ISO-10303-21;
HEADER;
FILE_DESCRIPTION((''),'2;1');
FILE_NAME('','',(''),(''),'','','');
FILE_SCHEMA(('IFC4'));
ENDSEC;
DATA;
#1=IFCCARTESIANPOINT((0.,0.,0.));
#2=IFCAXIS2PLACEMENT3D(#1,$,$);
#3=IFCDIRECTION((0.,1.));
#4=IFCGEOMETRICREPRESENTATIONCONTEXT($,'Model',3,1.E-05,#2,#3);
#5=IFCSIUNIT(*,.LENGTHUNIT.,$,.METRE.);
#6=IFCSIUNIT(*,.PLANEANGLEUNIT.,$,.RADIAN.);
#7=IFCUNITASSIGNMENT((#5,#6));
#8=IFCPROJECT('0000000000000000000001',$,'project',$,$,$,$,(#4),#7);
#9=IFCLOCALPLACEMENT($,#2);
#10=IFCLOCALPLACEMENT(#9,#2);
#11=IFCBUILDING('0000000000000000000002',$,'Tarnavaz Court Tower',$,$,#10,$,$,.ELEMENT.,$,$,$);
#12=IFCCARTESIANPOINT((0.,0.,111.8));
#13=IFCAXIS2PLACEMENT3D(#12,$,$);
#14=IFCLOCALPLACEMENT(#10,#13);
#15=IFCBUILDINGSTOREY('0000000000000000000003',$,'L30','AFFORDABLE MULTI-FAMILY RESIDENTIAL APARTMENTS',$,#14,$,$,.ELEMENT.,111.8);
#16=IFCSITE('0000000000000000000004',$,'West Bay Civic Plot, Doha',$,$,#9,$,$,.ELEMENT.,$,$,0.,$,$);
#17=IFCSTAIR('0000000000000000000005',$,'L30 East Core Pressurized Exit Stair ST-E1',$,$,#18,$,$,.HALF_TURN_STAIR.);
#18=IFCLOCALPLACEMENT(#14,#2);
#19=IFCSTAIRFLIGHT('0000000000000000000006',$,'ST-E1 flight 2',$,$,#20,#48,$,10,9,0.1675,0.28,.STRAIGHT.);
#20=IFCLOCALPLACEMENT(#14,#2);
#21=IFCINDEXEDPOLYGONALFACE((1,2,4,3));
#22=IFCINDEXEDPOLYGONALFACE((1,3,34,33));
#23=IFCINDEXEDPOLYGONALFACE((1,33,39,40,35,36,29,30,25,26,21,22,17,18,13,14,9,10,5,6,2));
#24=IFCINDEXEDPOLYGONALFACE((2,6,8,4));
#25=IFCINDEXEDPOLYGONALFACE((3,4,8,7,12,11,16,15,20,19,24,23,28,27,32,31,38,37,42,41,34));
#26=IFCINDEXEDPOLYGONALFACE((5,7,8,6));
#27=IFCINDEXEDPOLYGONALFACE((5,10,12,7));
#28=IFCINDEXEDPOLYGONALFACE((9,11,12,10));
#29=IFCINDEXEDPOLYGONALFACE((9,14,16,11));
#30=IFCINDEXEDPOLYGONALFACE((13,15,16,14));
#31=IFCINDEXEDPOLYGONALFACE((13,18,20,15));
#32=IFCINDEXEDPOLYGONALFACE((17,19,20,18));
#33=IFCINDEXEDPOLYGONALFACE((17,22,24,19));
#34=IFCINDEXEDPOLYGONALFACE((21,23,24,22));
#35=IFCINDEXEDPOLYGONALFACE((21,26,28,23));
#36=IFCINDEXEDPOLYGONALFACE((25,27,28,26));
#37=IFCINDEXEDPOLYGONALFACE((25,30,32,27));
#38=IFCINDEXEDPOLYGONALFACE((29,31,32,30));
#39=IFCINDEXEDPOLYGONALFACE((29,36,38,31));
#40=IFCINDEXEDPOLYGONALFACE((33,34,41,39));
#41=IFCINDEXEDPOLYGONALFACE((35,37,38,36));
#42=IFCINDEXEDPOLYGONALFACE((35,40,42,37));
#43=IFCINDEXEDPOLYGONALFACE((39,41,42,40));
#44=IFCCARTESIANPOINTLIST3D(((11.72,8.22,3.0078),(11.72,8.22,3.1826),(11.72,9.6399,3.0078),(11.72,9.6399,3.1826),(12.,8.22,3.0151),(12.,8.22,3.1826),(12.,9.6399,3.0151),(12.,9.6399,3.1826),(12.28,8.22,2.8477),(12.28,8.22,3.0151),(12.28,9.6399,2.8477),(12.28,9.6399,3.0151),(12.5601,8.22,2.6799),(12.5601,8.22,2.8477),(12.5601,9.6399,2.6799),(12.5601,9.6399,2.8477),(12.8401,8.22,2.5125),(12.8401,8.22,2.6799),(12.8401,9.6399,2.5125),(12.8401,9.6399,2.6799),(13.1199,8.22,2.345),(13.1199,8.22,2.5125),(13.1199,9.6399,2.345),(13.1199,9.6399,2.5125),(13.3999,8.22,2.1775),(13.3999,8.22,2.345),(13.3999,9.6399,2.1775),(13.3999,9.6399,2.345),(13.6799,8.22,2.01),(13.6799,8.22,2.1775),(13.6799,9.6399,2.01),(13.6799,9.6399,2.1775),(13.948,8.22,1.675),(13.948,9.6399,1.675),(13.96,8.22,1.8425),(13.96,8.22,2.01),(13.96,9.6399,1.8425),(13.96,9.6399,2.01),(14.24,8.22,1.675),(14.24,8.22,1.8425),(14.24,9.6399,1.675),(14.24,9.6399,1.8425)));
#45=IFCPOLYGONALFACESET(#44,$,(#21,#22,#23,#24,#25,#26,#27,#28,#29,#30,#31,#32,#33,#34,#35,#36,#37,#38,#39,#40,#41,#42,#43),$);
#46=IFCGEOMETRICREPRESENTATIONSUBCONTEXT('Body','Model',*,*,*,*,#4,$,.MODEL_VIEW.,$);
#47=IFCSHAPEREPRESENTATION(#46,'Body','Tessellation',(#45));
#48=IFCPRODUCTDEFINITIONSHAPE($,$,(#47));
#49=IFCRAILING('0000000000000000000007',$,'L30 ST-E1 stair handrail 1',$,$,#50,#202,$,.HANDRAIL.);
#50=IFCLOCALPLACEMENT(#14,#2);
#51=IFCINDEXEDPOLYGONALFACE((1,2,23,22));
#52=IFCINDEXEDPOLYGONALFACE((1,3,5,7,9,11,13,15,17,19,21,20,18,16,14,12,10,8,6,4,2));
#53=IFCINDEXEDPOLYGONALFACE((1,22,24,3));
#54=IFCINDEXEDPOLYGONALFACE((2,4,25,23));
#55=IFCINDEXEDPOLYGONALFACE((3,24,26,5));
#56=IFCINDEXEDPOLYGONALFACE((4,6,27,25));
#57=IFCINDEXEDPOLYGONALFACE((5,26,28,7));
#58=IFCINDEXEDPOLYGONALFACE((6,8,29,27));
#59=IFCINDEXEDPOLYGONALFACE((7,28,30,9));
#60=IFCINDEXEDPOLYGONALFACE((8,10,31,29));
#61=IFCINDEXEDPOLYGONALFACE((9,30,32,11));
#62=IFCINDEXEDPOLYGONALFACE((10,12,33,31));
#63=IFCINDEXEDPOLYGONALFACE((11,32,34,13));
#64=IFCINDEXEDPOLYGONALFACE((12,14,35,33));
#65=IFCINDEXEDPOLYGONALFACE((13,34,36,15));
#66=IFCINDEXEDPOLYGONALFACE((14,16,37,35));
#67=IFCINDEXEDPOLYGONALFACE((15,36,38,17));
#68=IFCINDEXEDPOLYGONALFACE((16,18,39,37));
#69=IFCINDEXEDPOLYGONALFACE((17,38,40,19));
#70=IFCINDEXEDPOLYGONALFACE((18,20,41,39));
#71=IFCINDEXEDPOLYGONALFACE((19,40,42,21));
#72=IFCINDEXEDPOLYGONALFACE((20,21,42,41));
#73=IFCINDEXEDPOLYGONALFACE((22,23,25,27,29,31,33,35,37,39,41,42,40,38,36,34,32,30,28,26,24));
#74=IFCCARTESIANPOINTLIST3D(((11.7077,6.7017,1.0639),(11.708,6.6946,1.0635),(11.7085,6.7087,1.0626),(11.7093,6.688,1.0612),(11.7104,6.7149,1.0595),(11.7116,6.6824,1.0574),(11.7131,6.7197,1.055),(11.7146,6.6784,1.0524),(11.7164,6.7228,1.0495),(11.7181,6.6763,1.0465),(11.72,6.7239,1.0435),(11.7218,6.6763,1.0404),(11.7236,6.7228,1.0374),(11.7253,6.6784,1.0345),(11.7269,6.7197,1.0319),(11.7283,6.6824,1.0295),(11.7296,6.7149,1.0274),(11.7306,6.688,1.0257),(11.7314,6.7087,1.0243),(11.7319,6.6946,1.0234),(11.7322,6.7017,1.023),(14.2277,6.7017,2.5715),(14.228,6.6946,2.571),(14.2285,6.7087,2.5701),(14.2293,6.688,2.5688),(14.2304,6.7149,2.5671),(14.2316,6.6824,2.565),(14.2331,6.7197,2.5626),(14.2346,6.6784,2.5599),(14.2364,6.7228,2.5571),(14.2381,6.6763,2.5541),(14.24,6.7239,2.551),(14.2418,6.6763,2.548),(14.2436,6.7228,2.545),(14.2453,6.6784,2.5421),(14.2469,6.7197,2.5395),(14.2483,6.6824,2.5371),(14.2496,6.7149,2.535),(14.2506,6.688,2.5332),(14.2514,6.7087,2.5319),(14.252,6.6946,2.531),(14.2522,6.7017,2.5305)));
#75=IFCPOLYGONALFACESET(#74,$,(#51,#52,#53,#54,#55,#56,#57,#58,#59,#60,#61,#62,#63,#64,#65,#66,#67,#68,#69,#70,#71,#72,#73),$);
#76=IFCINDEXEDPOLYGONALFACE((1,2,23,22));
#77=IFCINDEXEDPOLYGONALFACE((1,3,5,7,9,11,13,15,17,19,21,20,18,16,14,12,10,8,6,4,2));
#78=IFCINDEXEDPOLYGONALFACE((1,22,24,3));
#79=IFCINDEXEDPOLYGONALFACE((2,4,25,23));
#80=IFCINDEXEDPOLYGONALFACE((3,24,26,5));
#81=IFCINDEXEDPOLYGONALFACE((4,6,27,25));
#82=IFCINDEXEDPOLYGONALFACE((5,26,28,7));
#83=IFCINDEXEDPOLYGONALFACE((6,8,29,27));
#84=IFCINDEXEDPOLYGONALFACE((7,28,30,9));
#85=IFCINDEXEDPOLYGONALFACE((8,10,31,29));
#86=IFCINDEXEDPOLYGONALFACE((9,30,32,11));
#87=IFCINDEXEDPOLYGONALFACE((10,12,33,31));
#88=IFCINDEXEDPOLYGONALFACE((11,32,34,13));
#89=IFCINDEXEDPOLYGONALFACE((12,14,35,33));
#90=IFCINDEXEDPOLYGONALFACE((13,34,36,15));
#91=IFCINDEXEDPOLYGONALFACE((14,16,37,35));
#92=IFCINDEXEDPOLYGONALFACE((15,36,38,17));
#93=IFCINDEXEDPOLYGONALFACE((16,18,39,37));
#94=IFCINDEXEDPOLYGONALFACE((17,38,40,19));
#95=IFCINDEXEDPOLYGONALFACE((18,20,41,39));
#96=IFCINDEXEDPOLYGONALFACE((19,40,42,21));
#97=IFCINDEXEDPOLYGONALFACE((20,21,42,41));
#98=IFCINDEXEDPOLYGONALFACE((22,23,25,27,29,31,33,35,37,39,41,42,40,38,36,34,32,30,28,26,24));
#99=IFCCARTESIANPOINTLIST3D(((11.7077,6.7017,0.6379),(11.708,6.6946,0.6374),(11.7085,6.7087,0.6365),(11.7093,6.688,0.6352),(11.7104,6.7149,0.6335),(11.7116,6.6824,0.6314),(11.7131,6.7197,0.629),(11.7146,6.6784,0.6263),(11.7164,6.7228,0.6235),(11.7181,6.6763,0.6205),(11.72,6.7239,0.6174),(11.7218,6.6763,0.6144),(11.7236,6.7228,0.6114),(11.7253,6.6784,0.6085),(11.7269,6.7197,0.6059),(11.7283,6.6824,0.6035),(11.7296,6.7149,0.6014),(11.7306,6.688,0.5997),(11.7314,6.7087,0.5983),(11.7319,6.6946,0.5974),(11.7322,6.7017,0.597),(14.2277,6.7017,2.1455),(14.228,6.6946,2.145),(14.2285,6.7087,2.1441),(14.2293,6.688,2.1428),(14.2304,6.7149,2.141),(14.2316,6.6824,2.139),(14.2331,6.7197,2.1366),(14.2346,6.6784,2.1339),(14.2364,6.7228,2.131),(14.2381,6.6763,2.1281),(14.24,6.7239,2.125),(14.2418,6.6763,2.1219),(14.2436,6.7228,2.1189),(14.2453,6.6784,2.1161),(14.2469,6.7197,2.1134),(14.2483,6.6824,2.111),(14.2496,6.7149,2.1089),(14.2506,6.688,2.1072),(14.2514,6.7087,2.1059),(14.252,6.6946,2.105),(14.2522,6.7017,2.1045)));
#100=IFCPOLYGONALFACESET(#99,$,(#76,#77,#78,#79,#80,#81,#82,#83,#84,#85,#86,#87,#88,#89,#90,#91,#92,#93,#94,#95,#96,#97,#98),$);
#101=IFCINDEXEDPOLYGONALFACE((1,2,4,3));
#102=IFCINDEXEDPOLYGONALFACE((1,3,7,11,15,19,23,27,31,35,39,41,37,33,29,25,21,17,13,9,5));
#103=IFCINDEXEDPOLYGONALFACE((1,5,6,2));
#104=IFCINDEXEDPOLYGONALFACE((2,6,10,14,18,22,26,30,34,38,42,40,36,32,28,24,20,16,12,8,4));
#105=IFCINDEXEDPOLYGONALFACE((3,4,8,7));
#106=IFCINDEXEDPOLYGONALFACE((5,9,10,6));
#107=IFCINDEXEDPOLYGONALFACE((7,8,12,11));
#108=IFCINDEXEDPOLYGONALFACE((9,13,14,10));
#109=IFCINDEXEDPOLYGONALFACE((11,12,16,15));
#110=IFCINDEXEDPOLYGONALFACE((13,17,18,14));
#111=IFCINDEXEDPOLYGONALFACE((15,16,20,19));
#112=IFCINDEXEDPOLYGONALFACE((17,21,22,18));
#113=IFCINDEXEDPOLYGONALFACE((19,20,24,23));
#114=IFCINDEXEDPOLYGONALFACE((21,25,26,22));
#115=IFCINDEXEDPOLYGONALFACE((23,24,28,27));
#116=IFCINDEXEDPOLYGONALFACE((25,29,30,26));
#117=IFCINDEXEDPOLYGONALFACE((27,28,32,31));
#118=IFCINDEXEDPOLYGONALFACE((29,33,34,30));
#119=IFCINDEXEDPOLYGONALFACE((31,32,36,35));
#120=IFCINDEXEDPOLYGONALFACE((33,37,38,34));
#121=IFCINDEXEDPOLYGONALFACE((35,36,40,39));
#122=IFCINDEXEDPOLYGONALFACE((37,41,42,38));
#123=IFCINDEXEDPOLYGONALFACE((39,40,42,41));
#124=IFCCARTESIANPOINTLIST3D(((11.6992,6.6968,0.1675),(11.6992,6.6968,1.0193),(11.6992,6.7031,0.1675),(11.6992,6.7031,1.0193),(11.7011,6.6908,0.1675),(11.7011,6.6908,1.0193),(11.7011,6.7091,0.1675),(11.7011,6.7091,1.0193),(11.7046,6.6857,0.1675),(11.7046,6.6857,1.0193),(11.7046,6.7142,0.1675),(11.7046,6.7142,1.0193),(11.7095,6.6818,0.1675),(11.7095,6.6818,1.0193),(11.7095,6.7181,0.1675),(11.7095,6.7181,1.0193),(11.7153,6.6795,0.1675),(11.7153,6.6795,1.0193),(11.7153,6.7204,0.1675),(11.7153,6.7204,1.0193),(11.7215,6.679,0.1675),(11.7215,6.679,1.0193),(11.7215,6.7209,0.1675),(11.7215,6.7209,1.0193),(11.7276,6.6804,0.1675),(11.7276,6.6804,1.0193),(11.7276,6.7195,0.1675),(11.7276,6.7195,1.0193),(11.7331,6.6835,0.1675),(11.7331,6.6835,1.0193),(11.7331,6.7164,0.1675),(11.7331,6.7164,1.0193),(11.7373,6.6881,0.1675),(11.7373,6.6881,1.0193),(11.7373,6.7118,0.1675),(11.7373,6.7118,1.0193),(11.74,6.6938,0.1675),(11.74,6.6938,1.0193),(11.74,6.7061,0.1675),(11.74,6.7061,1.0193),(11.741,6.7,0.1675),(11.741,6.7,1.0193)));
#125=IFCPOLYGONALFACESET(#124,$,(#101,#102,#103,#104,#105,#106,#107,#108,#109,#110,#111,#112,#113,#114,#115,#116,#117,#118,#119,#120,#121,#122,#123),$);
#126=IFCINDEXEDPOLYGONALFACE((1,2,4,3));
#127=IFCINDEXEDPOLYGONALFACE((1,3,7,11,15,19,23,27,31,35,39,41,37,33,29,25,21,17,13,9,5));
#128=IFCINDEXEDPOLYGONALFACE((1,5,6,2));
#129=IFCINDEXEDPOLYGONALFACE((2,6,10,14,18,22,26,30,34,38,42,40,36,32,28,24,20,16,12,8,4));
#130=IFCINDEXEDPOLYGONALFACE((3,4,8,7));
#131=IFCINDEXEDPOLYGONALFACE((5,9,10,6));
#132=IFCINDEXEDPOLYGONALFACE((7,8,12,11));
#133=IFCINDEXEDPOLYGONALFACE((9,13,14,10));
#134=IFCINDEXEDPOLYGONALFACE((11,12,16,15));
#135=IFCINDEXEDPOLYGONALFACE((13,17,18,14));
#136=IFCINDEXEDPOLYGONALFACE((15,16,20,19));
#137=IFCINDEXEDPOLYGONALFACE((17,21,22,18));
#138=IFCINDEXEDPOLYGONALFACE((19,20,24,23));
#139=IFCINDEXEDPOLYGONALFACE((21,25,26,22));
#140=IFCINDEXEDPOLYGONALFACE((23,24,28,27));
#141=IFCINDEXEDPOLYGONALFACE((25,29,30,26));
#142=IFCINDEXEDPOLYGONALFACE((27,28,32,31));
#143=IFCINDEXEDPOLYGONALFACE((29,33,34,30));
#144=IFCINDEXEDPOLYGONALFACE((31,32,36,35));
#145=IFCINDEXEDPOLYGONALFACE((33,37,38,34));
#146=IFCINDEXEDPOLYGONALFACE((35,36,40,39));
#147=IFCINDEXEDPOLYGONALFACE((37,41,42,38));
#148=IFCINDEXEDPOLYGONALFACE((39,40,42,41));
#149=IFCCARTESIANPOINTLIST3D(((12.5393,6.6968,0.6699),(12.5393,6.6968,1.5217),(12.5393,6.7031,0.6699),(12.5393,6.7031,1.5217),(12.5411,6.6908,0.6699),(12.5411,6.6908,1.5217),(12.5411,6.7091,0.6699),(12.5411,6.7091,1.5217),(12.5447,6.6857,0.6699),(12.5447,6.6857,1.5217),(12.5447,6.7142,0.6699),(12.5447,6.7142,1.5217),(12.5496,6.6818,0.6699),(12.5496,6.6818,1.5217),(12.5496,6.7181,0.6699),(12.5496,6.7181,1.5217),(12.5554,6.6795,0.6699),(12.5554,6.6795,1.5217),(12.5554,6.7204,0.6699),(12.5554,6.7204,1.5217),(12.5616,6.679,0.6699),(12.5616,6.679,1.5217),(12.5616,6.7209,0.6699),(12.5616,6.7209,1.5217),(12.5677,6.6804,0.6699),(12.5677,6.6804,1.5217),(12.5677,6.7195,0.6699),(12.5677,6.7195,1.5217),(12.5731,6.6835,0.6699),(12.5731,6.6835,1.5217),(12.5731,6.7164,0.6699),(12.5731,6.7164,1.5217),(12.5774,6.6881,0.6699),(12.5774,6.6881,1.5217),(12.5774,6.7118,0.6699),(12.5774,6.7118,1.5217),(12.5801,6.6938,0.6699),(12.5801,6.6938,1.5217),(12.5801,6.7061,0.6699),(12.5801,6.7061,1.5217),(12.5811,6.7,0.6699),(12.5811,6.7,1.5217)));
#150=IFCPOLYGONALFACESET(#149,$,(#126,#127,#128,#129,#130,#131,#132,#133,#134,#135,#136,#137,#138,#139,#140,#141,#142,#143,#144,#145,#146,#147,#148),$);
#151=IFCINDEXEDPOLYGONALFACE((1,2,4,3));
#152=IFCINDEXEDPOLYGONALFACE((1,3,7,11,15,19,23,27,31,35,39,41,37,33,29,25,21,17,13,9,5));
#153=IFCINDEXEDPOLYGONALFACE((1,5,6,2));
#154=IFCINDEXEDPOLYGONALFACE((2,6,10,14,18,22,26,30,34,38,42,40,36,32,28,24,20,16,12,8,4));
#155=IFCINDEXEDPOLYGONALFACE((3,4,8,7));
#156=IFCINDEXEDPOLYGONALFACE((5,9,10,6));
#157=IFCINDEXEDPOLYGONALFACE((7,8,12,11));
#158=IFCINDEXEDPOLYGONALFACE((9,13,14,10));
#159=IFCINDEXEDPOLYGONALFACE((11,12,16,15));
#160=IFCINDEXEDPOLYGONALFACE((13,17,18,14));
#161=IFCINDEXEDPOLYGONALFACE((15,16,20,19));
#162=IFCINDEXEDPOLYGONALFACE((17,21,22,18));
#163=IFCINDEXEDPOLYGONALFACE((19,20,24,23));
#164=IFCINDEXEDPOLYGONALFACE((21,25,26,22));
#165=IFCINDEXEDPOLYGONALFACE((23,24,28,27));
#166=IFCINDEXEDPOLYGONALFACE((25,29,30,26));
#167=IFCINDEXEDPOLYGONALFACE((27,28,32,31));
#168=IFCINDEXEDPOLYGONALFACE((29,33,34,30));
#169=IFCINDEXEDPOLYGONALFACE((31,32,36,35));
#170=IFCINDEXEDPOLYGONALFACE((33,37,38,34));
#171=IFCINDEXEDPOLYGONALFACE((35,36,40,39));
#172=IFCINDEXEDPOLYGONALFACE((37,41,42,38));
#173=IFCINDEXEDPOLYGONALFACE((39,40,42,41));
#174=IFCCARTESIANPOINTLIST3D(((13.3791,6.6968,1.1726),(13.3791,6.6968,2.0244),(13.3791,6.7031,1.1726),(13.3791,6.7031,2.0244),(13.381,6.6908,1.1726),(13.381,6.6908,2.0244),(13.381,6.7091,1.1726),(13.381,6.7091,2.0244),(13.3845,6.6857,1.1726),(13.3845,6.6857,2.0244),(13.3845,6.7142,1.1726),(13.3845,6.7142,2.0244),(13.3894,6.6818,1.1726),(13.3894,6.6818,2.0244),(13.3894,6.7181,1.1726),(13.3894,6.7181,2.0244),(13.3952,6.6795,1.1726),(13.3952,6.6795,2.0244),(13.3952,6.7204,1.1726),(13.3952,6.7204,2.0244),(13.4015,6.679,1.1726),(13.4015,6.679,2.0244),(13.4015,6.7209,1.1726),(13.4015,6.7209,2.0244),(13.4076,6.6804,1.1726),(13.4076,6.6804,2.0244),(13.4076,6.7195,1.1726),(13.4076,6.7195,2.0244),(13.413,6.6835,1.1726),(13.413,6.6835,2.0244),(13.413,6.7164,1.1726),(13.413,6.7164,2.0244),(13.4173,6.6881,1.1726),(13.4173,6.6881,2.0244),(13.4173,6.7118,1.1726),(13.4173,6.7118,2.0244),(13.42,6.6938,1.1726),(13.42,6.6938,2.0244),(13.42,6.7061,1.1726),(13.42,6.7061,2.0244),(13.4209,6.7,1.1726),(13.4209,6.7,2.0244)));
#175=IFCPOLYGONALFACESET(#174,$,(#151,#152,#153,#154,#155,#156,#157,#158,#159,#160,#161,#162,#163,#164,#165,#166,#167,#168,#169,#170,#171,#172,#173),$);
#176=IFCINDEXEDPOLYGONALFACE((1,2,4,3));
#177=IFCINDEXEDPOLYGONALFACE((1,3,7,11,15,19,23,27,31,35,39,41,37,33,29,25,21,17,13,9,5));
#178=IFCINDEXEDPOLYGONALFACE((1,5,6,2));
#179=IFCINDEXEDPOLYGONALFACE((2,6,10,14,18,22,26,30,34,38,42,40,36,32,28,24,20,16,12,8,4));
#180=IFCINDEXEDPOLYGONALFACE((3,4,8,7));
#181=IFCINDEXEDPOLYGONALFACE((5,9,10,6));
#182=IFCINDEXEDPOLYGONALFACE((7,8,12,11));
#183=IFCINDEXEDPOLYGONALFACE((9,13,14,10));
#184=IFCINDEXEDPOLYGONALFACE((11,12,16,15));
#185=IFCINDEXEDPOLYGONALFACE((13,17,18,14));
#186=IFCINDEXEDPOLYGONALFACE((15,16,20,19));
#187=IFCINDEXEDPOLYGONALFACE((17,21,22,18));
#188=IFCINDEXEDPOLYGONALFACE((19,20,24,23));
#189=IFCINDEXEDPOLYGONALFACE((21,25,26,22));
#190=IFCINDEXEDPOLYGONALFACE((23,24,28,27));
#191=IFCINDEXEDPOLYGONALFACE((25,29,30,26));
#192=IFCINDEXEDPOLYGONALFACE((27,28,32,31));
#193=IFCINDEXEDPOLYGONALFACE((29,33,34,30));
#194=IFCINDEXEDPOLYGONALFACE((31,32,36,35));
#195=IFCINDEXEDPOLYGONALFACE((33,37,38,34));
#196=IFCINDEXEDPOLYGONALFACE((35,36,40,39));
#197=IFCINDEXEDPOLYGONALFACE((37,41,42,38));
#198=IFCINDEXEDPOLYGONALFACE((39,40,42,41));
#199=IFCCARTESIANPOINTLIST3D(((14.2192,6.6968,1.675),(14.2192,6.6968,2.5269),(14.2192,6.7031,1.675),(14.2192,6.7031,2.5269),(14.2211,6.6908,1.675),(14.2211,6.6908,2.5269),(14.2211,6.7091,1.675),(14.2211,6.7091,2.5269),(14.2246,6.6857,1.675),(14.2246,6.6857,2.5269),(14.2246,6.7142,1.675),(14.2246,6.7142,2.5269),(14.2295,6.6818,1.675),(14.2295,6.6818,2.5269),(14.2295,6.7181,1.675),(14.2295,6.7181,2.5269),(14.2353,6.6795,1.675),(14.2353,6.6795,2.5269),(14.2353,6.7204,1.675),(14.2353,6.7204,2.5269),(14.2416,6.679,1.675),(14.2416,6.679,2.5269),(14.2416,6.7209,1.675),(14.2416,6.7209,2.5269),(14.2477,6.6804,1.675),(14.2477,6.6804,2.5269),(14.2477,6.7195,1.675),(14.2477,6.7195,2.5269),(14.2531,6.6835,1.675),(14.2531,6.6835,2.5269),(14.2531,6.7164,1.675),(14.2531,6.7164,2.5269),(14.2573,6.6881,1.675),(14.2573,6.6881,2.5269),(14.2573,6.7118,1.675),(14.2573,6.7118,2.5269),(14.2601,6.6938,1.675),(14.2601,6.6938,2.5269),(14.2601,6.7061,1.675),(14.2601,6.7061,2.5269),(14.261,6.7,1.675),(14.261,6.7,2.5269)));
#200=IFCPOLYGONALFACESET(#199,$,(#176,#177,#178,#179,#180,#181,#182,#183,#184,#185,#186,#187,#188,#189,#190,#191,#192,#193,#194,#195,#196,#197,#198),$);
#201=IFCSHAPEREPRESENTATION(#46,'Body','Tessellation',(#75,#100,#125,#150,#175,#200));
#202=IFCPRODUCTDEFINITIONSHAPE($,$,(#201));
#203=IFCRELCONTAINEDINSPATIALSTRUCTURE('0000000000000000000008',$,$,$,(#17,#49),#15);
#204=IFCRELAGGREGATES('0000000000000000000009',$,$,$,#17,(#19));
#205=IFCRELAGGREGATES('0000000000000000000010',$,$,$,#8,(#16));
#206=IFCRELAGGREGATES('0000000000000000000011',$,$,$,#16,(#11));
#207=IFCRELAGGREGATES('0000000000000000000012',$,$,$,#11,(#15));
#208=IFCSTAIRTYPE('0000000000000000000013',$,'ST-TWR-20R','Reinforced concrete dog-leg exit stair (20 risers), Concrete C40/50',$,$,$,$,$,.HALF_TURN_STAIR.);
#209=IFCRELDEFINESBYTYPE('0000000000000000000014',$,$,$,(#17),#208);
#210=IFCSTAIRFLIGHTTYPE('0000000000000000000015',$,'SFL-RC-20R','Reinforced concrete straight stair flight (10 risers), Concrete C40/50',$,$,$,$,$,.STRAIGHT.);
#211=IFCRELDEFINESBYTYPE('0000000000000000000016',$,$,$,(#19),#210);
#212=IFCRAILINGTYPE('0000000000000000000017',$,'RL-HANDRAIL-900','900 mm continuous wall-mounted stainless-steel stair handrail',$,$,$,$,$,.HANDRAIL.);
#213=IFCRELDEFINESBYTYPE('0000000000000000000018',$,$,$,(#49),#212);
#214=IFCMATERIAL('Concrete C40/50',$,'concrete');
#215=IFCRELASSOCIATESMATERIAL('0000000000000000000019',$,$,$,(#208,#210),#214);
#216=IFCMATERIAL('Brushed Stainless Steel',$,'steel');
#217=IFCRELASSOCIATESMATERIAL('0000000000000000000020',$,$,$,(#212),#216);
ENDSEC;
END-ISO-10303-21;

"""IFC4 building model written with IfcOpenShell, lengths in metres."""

from ifc_helpers import new_model, si_unit, direction, frame, origin, origin_2d, place, context, subcontext, project, spatial, polyline, circle, outline, extrude, material, type_object, element, aggregate, save


model = new_model("IFC4")

# Units and contexts
model_context = context("Model", 3, precision=1e-05, world=origin(), true_north=direction((0.0, 1.0)))
body_context = subcontext(model_context, "Body", "Model", "MODEL_VIEW")
ifc_project = project(units=[si_unit("LENGTHUNIT", "METRE"), si_unit("PLANEANGLEUNIT", "RADIAN")], contexts=[model_context])

# Site, building, storey
site_placement = place(None, origin())
site = spatial("IfcSite", under=ifc_project, at=site_placement, Name="West Bay Civic Plot, Doha", CompositionType="ELEMENT", RefElevation=0.0)
building_placement = place(site_placement, origin())
building = spatial("IfcBuilding", under=site, at=building_placement, Name="Tarnavaz Court Tower", CompositionType="ELEMENT")
storey_placement = place(building_placement, frame((0.0, 0.0, 111.8)))
storey = spatial("IfcBuildingStorey", under=building, at=storey_placement, Name="L30", Description="AFFORDABLE MULTI-FAMILY RESIDENTIAL APARTMENTS", CompositionType="ELEMENT", Elevation=111.8)

# Stair, stair flight
ifc_material_1 = material(Name="Concrete C40/50", Category="concrete")
stair_type = type_object("IfcStairType", Name="ST-TWR-20R", Description="Reinforced concrete dog-leg exit stair (20 risers), Concrete C40/50", PredefinedType="HALF_TURN_STAIR", material=ifc_material_1)
stair_placement = place(storey_placement, origin())
stair = element("IfcStair", 1, at=stair_placement, inside=storey, type_object=stair_type, Name="L30 East Core Pressurized Exit Stair ST-E1", PredefinedType="HALF_TURN_STAIR")
stair_flight_type = type_object("IfcStairFlightType", Name="SFL-RC-20R", Description="Reinforced concrete straight stair flight (10 risers), Concrete C40/50", PredefinedType="STRAIGHT", material=ifc_material_1)
stair_flight_1_placement = place(storey_placement, frame((14.24, 8.9299, 1.675), z_axis=(0.0, 0.0, 1.0), x_axis=(-1.0, 0.0, 0.0)))
stair_flight_1 = element("IfcStairFlight", 2, at=stair_flight_1_placement, type_object=stair_flight_type, Name="ST-E1 flight 2", NumberOfRisers=10, NumberOfTreads=9, PredefinedType="STRAIGHT", RiserHeight=0.1675, TreadLength=0.28, context=body_context, shape_type="SweptSolid", body=[
    extrude(outline(polyline([(0.0, 0.0), (0.0, 0.1675), (0.28, 0.1675), (0.28, 0.335), (0.5601, 0.335), (0.5601, 0.5024), (0.8401, 0.5024), (0.8401, 0.6699), (1.1201, 0.6699), (1.1201, 0.8374), (1.3999, 0.8374), (1.3999, 1.0049), (1.6799, 1.0049), (1.6799, 1.1726), (1.96, 1.1726), (1.96, 1.3401), (2.24, 1.3401), (2.24, 1.5076), (2.52, 1.5076), (2.52, 1.675), (2.52, 1.3328), (0.292, 0.0), (0.0, 0.0)])), frame((0.0, 0.71, 0.0), z_axis=(0.0, -1.0, 0.0), x_axis=(1.0, 0.0, 0.0)), (0.0, 0.0, 1.0), 1.4199),
])
aggregate(stair, [stair_flight_1])

# Railing
ifc_material_2 = material(Name="Brushed Stainless Steel", Category="steel")
railing_type_1 = type_object("IfcRailingType", Name="RL-HANDRAIL-900", Description="900 mm continuous wall-mounted stainless-steel stair handrail", PredefinedType="HANDRAIL", material=ifc_material_2)
railing_1_placement = place(storey_placement, frame((11.72, 6.7, 0.1675)))
element("IfcRailing", 3, at=railing_1_placement, inside=storey, type_object=railing_type_1, Name="L30 ST-E1 stair handrail 1", PredefinedType="HANDRAIL", context=body_context, shape_type="SweptSolid", body=[
    extrude(circle(Radius=0.0239, at=origin_2d()), frame((0.0, 0.0, 0.876), z_axis=(0.85816, 0.0, 0.513383), x_axis=(0.0, 1.0, 0.0)), (0.0, 0.0, 1.0), 2.9365),
    extrude(circle(Radius=0.0239, at=origin_2d()), frame((0.0, 0.0, 0.45), z_axis=(0.85816, 0.0, 0.513383), x_axis=(0.0, 1.0, 0.0)), (0.0, 0.0, 1.0), 2.9365),
    extrude(circle(Radius=0.021, at=origin_2d()), origin(), (0.0, 0.0, 1.0), 0.8518),
    extrude(circle(Radius=0.021, at=origin_2d()), frame((0.8401, 0.0, 0.5024)), (0.0, 0.0, 1.0), 0.8518),
    extrude(circle(Radius=0.021, at=origin_2d()), frame((1.6799, 0.0, 1.0051)), (0.0, 0.0, 1.0), 0.8518),
    extrude(circle(Radius=0.021, at=origin_2d()), frame((2.52, 0.0, 1.5076)), (0.0, 0.0, 1.0), 0.8518),
])

save(model, "model.ifc")
